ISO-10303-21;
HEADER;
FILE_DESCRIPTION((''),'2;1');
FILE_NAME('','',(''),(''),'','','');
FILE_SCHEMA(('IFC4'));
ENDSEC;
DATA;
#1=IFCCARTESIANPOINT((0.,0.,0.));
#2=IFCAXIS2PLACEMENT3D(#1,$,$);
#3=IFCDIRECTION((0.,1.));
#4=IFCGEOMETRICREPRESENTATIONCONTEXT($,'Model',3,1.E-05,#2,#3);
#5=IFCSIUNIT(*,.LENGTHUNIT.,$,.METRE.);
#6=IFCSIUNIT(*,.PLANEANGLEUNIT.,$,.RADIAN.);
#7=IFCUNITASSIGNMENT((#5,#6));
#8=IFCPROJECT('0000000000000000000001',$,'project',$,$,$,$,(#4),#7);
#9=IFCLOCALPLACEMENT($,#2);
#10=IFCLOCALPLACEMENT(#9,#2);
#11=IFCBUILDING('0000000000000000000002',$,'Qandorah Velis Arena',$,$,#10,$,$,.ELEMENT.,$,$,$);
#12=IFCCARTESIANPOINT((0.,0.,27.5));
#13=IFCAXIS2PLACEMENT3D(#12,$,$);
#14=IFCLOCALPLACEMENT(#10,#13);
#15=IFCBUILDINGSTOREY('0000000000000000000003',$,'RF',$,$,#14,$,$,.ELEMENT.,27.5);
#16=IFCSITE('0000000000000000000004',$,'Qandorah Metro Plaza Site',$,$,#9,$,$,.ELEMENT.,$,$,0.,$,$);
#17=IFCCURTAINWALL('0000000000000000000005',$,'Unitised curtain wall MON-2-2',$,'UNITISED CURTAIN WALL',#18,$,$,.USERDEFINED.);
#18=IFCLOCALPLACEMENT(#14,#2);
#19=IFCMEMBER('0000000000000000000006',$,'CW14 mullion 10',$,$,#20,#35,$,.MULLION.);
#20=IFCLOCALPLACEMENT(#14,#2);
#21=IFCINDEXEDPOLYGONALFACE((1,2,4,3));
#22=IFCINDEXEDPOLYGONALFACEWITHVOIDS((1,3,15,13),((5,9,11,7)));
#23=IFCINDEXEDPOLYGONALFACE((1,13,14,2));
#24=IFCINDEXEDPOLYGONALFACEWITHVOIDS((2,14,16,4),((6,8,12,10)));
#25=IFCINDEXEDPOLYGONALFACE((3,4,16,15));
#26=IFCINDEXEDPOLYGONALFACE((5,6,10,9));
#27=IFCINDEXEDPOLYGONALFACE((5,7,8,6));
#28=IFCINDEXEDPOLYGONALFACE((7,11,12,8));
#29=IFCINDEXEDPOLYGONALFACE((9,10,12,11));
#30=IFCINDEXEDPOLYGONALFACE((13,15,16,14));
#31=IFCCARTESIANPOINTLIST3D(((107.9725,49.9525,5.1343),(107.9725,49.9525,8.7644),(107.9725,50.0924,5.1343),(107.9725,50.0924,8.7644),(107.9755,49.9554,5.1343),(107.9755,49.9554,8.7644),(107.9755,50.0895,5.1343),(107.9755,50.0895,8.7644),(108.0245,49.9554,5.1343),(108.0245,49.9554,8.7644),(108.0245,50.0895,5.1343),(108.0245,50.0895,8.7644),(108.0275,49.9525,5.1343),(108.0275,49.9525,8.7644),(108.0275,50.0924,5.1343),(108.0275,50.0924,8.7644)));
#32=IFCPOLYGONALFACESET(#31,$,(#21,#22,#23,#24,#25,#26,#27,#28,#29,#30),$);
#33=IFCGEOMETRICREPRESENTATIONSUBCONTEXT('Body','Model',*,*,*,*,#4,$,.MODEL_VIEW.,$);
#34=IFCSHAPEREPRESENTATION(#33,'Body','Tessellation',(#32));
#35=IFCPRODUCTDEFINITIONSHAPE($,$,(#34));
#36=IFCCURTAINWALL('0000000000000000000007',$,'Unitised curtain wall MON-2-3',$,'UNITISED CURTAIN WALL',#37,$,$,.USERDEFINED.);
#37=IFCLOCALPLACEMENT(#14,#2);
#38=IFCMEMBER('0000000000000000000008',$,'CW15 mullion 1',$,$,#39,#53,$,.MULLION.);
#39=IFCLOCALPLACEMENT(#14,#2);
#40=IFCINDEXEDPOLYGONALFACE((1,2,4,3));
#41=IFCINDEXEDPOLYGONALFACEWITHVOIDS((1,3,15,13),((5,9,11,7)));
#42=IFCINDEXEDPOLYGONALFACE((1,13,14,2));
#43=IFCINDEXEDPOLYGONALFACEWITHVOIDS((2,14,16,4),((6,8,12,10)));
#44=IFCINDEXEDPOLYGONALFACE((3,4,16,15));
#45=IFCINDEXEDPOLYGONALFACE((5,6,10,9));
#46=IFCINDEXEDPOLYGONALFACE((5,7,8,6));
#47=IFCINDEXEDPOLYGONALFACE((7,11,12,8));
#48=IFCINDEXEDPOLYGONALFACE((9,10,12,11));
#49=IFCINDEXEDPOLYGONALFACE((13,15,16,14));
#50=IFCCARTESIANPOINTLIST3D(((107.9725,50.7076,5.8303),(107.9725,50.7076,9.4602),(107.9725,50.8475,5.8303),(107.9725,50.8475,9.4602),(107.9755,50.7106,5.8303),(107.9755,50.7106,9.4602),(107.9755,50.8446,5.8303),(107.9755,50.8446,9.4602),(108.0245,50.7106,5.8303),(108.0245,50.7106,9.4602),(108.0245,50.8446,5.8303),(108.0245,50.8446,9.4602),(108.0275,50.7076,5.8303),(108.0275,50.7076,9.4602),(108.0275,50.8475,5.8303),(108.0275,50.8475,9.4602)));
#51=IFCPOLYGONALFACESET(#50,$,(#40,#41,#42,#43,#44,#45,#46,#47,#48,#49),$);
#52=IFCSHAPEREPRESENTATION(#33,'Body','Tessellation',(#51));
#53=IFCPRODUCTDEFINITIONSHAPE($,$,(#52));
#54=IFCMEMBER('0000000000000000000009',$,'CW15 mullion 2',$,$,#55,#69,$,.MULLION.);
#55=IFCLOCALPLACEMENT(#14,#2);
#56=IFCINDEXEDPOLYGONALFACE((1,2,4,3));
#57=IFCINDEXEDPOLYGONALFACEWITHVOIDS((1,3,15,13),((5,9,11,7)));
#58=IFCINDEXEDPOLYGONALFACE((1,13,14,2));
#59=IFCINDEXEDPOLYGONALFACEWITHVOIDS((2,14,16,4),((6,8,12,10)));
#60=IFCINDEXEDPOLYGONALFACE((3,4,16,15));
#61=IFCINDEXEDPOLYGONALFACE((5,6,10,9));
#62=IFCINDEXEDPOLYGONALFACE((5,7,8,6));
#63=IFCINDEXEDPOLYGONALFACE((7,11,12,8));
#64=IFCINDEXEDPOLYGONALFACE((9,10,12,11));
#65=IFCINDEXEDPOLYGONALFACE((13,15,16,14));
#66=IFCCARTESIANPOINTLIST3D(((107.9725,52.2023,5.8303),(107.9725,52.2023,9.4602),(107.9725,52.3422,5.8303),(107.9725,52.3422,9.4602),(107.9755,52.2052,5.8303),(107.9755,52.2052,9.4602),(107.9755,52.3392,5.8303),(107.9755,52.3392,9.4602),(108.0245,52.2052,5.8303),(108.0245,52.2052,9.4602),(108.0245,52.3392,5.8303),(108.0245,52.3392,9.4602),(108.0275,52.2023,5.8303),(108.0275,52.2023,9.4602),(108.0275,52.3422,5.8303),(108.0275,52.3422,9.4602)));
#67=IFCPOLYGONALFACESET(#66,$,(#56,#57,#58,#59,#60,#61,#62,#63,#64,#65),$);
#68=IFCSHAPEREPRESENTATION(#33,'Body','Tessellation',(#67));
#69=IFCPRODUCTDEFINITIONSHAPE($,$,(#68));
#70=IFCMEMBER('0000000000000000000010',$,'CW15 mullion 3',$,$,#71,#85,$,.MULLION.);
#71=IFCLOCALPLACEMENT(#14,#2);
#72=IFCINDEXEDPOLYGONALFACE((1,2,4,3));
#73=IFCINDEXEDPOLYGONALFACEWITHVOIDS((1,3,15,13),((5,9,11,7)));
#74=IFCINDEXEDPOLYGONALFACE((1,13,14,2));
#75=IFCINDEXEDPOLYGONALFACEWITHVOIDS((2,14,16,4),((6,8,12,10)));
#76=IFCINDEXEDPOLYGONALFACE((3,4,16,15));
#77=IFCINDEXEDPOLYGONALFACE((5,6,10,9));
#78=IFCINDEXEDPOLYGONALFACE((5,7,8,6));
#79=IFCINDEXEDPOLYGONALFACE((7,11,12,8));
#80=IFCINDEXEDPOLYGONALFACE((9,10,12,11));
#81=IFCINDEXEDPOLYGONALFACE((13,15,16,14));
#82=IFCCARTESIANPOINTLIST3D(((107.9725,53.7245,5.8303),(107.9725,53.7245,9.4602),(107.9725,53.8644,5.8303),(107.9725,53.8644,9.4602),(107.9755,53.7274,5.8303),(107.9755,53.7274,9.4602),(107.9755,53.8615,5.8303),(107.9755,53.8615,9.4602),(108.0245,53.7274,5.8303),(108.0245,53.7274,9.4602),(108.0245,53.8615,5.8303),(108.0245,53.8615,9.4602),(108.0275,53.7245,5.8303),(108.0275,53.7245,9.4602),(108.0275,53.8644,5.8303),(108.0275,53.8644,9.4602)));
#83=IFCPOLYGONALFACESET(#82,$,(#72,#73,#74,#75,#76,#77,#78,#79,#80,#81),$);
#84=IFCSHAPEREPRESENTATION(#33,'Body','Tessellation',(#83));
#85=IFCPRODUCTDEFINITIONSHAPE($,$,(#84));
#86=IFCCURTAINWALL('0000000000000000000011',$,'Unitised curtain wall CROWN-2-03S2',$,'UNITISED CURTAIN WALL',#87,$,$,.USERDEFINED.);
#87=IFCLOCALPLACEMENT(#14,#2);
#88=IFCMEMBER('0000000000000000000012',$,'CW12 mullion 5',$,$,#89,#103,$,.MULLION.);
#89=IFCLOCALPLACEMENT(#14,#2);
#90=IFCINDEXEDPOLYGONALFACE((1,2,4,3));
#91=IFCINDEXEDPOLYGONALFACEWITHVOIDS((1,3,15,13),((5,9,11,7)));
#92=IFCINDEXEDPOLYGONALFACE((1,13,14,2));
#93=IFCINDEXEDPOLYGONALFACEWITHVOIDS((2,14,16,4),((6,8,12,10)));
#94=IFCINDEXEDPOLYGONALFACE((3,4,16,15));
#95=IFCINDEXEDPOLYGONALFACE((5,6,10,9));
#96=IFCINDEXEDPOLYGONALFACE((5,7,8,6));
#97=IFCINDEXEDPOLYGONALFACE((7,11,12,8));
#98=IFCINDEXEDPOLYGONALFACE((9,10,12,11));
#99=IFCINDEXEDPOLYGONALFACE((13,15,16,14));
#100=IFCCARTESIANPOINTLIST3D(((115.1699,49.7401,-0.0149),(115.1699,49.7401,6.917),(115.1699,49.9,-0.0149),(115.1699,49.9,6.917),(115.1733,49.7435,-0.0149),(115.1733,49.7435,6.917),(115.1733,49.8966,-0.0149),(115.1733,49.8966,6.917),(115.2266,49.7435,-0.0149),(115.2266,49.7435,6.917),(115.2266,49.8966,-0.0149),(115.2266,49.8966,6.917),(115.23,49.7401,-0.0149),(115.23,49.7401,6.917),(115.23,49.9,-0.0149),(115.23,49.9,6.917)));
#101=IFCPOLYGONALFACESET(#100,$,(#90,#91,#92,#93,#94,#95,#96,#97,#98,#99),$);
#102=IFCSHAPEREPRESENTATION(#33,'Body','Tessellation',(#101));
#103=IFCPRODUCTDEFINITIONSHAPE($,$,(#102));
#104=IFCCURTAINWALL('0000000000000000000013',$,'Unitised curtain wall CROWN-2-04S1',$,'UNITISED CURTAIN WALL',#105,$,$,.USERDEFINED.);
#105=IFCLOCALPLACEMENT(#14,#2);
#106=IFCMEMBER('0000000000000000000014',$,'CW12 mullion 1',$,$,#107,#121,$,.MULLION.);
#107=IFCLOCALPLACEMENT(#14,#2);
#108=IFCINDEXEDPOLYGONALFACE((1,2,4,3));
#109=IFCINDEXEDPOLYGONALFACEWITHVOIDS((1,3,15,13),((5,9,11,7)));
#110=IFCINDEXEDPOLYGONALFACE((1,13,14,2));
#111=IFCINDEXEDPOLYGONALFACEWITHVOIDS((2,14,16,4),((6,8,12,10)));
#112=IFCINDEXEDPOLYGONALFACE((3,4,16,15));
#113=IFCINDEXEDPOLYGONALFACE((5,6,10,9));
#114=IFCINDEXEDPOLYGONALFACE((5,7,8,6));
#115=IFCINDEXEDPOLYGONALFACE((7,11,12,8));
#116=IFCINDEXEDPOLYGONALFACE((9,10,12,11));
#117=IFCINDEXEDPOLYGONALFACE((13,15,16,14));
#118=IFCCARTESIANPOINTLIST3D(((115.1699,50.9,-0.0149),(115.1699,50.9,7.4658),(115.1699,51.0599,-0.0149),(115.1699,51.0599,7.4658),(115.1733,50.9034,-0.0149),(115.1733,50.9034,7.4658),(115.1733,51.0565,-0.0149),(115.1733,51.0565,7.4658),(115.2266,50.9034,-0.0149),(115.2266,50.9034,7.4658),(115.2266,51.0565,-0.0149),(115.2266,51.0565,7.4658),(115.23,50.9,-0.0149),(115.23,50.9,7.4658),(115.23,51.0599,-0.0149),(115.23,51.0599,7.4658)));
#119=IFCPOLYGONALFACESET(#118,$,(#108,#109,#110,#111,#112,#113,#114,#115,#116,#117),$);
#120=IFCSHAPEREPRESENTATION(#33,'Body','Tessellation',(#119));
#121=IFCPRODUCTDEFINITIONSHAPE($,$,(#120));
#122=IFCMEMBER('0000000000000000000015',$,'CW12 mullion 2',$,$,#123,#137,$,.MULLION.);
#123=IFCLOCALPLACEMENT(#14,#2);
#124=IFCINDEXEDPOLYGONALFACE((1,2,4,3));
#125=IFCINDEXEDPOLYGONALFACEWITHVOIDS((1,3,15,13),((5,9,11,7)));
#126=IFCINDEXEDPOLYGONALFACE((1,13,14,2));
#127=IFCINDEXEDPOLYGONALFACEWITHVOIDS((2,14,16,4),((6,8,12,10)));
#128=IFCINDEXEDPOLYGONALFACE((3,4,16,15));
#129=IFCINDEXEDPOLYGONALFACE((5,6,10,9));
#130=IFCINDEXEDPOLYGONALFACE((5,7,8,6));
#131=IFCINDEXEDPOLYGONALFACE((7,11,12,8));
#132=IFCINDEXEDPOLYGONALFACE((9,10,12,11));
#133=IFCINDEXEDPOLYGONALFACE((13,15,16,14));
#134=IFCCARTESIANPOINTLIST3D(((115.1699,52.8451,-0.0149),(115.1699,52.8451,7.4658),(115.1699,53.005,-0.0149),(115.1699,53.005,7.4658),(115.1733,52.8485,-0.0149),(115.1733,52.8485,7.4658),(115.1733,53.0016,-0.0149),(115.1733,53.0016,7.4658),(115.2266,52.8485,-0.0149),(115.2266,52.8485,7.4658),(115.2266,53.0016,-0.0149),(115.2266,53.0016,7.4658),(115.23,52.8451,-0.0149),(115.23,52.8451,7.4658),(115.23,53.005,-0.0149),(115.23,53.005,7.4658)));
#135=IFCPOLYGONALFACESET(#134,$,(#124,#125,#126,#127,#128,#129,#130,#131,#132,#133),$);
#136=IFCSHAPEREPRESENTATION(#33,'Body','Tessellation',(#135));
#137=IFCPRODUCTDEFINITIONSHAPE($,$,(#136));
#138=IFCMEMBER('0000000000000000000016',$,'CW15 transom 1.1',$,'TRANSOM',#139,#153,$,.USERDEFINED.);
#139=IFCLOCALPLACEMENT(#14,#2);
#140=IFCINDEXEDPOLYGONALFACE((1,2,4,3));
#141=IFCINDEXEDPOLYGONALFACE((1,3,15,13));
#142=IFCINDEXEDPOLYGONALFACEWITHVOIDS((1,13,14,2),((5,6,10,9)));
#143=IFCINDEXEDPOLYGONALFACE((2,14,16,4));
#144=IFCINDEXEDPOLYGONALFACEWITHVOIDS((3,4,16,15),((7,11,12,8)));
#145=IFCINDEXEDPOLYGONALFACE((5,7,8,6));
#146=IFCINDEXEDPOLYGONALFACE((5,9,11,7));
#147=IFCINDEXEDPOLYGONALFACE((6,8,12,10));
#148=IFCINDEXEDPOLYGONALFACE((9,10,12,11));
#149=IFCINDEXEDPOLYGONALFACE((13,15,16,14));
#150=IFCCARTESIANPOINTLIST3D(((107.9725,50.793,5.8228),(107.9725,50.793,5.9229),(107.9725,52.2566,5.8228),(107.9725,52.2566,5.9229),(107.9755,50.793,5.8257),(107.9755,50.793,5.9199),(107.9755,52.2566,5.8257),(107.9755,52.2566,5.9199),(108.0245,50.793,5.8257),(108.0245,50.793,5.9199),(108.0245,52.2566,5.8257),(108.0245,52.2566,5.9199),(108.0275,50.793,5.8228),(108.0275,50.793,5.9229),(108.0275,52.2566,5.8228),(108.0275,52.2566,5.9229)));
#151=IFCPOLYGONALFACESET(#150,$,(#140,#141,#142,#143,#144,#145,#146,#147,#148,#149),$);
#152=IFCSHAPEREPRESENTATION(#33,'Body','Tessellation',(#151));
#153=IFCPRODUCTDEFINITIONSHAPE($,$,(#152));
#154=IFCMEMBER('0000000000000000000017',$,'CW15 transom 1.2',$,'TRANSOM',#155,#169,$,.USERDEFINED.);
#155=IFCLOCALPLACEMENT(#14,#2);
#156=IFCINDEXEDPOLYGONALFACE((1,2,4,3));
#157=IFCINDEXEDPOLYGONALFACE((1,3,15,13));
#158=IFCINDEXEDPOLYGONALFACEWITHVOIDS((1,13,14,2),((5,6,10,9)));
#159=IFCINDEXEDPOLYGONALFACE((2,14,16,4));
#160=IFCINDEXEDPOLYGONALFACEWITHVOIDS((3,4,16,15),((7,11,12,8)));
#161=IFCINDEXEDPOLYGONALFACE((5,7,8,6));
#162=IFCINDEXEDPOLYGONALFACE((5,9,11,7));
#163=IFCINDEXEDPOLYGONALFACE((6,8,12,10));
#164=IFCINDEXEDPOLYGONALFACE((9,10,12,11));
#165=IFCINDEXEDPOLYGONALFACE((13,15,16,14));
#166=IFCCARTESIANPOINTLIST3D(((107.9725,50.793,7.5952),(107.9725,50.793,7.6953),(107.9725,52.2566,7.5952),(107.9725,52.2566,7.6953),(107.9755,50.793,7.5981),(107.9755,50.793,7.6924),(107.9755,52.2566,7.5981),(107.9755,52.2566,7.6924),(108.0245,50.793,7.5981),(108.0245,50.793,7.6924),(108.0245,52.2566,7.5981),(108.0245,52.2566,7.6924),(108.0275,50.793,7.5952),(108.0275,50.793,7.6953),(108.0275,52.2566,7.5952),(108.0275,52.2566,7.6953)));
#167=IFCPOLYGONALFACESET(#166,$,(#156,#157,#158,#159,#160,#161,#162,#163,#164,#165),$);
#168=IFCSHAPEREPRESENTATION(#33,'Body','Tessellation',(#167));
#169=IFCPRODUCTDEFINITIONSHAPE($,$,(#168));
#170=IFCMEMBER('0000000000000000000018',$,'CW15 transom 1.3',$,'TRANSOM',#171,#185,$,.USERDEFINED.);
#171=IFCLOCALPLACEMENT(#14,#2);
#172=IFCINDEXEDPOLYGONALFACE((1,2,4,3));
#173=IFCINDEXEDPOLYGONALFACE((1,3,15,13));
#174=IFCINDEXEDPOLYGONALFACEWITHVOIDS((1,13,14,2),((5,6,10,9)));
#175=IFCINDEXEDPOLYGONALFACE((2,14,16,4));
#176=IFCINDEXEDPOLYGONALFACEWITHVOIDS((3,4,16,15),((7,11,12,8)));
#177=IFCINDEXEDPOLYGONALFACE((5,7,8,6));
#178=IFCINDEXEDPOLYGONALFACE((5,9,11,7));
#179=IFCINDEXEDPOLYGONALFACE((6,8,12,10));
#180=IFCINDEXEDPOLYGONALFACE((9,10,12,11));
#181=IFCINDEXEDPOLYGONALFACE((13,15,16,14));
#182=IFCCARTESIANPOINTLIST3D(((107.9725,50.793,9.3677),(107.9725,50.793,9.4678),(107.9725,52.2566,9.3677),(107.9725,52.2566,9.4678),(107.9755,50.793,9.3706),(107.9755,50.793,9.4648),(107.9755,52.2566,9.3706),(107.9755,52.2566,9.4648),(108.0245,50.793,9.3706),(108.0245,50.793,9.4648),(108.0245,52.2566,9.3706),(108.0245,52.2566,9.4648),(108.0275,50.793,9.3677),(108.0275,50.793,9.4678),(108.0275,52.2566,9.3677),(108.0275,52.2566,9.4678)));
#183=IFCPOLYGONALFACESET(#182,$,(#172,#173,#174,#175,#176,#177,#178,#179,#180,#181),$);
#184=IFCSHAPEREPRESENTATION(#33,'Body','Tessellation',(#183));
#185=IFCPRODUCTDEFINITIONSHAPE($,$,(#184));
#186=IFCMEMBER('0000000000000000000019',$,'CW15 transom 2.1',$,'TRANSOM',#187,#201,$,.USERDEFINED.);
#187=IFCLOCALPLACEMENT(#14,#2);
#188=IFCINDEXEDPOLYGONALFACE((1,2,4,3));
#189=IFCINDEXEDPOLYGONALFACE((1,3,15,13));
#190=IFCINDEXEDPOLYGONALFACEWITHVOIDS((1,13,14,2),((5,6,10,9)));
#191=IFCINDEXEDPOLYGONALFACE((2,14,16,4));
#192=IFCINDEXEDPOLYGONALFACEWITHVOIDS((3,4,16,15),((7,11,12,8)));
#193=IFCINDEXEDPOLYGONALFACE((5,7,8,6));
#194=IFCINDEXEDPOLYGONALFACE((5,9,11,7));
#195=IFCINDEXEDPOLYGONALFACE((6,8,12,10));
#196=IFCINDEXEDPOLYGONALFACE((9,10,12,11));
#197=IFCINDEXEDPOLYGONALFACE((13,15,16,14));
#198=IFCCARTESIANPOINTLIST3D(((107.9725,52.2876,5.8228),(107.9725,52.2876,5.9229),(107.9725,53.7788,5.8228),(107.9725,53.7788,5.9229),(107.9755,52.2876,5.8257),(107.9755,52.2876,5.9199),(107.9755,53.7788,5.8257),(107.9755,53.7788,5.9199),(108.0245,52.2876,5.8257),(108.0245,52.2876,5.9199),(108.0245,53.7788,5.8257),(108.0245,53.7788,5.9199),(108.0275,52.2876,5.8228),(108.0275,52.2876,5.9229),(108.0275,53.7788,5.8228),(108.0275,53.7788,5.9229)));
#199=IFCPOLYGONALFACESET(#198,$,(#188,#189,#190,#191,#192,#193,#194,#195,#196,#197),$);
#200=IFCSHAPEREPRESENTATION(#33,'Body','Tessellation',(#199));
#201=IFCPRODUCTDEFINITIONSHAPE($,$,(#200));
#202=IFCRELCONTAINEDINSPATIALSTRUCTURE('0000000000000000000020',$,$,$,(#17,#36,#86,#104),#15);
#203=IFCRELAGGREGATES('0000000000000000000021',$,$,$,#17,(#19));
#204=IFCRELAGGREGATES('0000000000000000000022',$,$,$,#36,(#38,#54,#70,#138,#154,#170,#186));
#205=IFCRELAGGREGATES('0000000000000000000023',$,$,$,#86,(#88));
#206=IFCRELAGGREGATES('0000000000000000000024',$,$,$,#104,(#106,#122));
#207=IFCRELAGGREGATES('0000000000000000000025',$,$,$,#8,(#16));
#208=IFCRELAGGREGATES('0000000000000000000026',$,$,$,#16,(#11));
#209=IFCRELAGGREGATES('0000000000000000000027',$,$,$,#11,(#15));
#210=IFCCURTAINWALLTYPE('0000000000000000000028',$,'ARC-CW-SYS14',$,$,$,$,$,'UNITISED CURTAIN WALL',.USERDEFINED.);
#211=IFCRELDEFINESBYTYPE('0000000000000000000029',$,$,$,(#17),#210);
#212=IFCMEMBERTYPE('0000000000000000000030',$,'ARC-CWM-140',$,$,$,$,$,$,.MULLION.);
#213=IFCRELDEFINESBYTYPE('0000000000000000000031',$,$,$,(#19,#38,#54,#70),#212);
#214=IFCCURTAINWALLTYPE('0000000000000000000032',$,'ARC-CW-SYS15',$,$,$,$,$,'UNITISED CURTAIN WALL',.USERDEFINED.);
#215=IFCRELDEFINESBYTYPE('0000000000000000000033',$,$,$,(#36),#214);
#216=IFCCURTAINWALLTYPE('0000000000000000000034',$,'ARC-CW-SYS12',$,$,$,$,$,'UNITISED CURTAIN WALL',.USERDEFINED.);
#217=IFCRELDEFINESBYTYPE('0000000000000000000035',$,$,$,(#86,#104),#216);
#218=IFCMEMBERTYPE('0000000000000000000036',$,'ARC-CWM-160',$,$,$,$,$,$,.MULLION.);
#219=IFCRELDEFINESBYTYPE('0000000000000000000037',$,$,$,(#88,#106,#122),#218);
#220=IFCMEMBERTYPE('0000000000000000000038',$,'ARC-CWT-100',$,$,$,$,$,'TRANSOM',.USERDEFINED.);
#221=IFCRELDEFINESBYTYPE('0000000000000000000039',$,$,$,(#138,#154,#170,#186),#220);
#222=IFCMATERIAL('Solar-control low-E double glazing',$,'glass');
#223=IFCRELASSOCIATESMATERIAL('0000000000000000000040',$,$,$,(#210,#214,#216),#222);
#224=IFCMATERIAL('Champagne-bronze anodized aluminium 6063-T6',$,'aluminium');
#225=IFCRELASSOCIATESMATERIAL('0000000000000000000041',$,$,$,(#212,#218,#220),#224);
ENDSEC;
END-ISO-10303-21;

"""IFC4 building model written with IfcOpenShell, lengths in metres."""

from ifc_helpers import new_model, si_unit, direction, frame, origin, origin_2d, place, context, subcontext, project, spatial, hollow_rectangle, extrude, material, material_profile, profile_set, type_object, element, aggregate, save


model = new_model("IFC4")

# Units and contexts
model_context = context("Model", 3, precision=1e-05, world=origin(), true_north=direction((0.0, 1.0)))
body_context = subcontext(model_context, "Body", "Model", "MODEL_VIEW")
ifc_project = project(units=[si_unit("LENGTHUNIT", "METRE"), si_unit("PLANEANGLEUNIT", "RADIAN")], contexts=[model_context])

# Site, building, storey
site_placement = place(None, origin())
site = spatial("IfcSite", under=ifc_project, at=site_placement, Name="Qandorah Metro Plaza Site", CompositionType="ELEMENT", RefElevation=0.0)
building_placement = place(site_placement, origin())
building = spatial("IfcBuilding", under=site, at=building_placement, Name="Qandorah Velis Arena", CompositionType="ELEMENT")
storey_placement = place(building_placement, frame((0.0, 0.0, 27.5)))
storey = spatial("IfcBuildingStorey", under=building, at=storey_placement, Name="RF", CompositionType="ELEMENT", Elevation=27.5)

# Curtain wall, member
ifc_material_1 = material(Name="Solar-control low-E double glazing", Category="glass")
curtain_wall_type_1 = type_object("IfcCurtainWallType", Name="ARC-CW-SYS14", ElementType="UNITISED CURTAIN WALL", PredefinedType="USERDEFINED", material=ifc_material_1)
curtain_wall_1_placement = place(storey_placement, origin())
curtain_wall_1 = element("IfcCurtainWall", 1, at=curtain_wall_1_placement, inside=storey, type_object=curtain_wall_type_1, Name="Unitised curtain wall MON-2-2", ObjectType="UNITISED CURTAIN WALL", PredefinedType="USERDEFINED")
ifc_material_2 = material(Name="Champagne-bronze anodized aluminium 6063-T6", Category="aluminium")
ifc_material_profile_1 = material_profile(ifc_material_2, hollow_rectangle(XDim=0.0549, YDim=0.1399, WallThickness=0.0029, at=origin_2d()), Name="ALU MULLION 55x140")
ifc_profile_set_1 = profile_set([ifc_material_profile_1], Name="Champagne-bronze anodized aluminium 6063-T6")
member_type_1 = type_object("IfcMemberType", Name="ARC-CWM-140", PredefinedType="MULLION", material=ifc_profile_set_1)
member_1_placement = place(storey_placement, frame((108.0, 50.0225, 5.1343), z_axis=(0.0, 0.0, 1.0), x_axis=(-1.0, 0.0, 0.0)))
member_1 = element("IfcMember", 2, at=member_1_placement, type_object=member_type_1, Name="CW14 mullion 10", PredefinedType="MULLION", context=body_context, shape_type="SweptSolid", body=[
    extrude(hollow_rectangle(XDim=0.0549, YDim=0.1399, WallThickness=0.0029, at=origin_2d()), origin(), (0.0, 0.0, 1.0), 3.6301),
])

# Curtain wall, members
curtain_wall_type_2 = type_object("IfcCurtainWallType", Name="ARC-CW-SYS15", ElementType="UNITISED CURTAIN WALL", PredefinedType="USERDEFINED", material=ifc_material_1)
curtain_wall_2_placement = place(storey_placement, origin())
curtain_wall_2 = element("IfcCurtainWall", 3, at=curtain_wall_2_placement, inside=storey, type_object=curtain_wall_type_2, Name="Unitised curtain wall MON-2-3", ObjectType="UNITISED CURTAIN WALL", PredefinedType="USERDEFINED")
member_2_placement = place(storey_placement, frame((108.0, 50.7776, 5.8303), z_axis=(0.0, 0.0, 1.0), x_axis=(-1.0, 0.0, 0.0)))
member_2 = element("IfcMember", 4, at=member_2_placement, type_object=member_type_1, Name="CW15 mullion 1", PredefinedType="MULLION", context=body_context, shape_type="SweptSolid", body=[
    extrude(hollow_rectangle(XDim=0.0549, YDim=0.1399, WallThickness=0.0029, at=origin_2d()), origin(), (0.0, 0.0, 1.0), 3.6299),
])
member_3_placement = place(storey_placement, frame((108.0, 52.2722, 5.8303), z_axis=(0.0, 0.0, 1.0), x_axis=(-1.0, 0.0, 0.0)))
member_3 = element("IfcMember", 5, at=member_3_placement, type_object=member_type_1, Name="CW15 mullion 2", PredefinedType="MULLION", context=body_context, shape_type="SweptSolid", body=[
    extrude(hollow_rectangle(XDim=0.0549, YDim=0.1399, WallThickness=0.0029, at=origin_2d()), origin(), (0.0, 0.0, 1.0), 3.6299),
])
member_4_placement = place(storey_placement, frame((108.0, 53.7944, 5.8303), z_axis=(0.0, 0.0, 1.0), x_axis=(-1.0, 0.0, 0.0)))
member_4 = element("IfcMember", 6, at=member_4_placement, type_object=member_type_1, Name="CW15 mullion 3", PredefinedType="MULLION", context=body_context, shape_type="SweptSolid", body=[
    extrude(hollow_rectangle(XDim=0.0549, YDim=0.1399, WallThickness=0.0029, at=origin_2d()), origin(), (0.0, 0.0, 1.0), 3.6299),
])

# Curtain wall, member
curtain_wall_type_3 = type_object("IfcCurtainWallType", Name="ARC-CW-SYS12", ElementType="UNITISED CURTAIN WALL", PredefinedType="USERDEFINED", material=ifc_material_1)
curtain_wall_3_placement = place(storey_placement, origin())
curtain_wall_3 = element("IfcCurtainWall", 7, at=curtain_wall_3_placement, inside=storey, type_object=curtain_wall_type_3, Name="Unitised curtain wall CROWN-2-03S2", ObjectType="UNITISED CURTAIN WALL", PredefinedType="USERDEFINED")
ifc_material_profile_2 = material_profile(ifc_material_2, hollow_rectangle(XDim=0.0601, YDim=0.1599, WallThickness=0.0034, at=origin_2d()), Name="ALU MULLION 60x160")
ifc_profile_set_2 = profile_set([ifc_material_profile_2], Name="Champagne-bronze anodized aluminium 6063-T6")
member_type_2 = type_object("IfcMemberType", Name="ARC-CWM-160", PredefinedType="MULLION", material=ifc_profile_set_2)
member_5_placement = place(storey_placement, frame((115.2, 49.8201, -0.0149), z_axis=(0.0, 0.0, 1.0), x_axis=(-1.0, 0.0, 0.0)))
member_5 = element("IfcMember", 8, at=member_5_placement, type_object=member_type_2, Name="CW12 mullion 5", PredefinedType="MULLION", context=body_context, shape_type="SweptSolid", body=[
    extrude(hollow_rectangle(XDim=0.0601, YDim=0.1599, WallThickness=0.0034, at=origin_2d()), origin(), (0.0, 0.0, 1.0), 6.9319),
])

# Curtain wall, members
curtain_wall_4_placement = place(storey_placement, origin())
curtain_wall_4 = element("IfcCurtainWall", 9, at=curtain_wall_4_placement, inside=storey, type_object=curtain_wall_type_3, Name="Unitised curtain wall CROWN-2-04S1", ObjectType="UNITISED CURTAIN WALL", PredefinedType="USERDEFINED")
member_6_placement = place(storey_placement, frame((115.2, 50.98, -0.0149), z_axis=(0.0, 0.0, 1.0), x_axis=(-1.0, 0.0, 0.0)))
member_6 = element("IfcMember", 10, at=member_6_placement, type_object=member_type_2, Name="CW12 mullion 1", PredefinedType="MULLION", context=body_context, shape_type="SweptSolid", body=[
    extrude(hollow_rectangle(XDim=0.0601, YDim=0.1599, WallThickness=0.0034, at=origin_2d()), origin(), (0.0, 0.0, 1.0), 7.4807),
])
member_7_placement = place(storey_placement, frame((115.2, 52.925, -0.0149), z_axis=(0.0, 0.0, 1.0), x_axis=(-1.0, 0.0, 0.0)))
member_7 = element("IfcMember", 11, at=member_7_placement, type_object=member_type_2, Name="CW12 mullion 2", PredefinedType="MULLION", context=body_context, shape_type="SweptSolid", body=[
    extrude(hollow_rectangle(XDim=0.0601, YDim=0.1599, WallThickness=0.0034, at=origin_2d()), origin(), (0.0, 0.0, 1.0), 7.4807),
])

# Members
ifc_material_profile_3 = material_profile(ifc_material_2, hollow_rectangle(XDim=0.0549, YDim=0.1001, WallThickness=0.0029, at=origin_2d()), Name="ALU TRANSOM 55x100")
ifc_profile_set_3 = profile_set([ifc_material_profile_3], Name="Champagne-bronze anodized aluminium 6063-T6")
member_type_3 = type_object("IfcMemberType", Name="ARC-CWT-100", ElementType="TRANSOM", PredefinedType="USERDEFINED", material=ifc_profile_set_3)
member_8_placement = place(storey_placement, frame((108.0, 50.793, 5.8728), z_axis=(0.0, 1.0, 0.0), x_axis=(-1.0, 0.0, 0.0)))
member_8 = element("IfcMember", 12, at=member_8_placement, type_object=member_type_3, Name="CW15 transom 1.1", ObjectType="TRANSOM", PredefinedType="USERDEFINED", context=body_context, shape_type="SweptSolid", body=[
    extrude(hollow_rectangle(XDim=0.0549, YDim=0.1001, WallThickness=0.0029, at=origin_2d()), origin(), (0.0, 0.0, 1.0), 1.4636),
])
member_9_placement = place(storey_placement, frame((108.0, 50.793, 7.6453), z_axis=(0.0, 1.0, 0.0), x_axis=(-1.0, 0.0, 0.0)))
member_9 = element("IfcMember", 13, at=member_9_placement, type_object=member_type_3, Name="CW15 transom 1.2", ObjectType="TRANSOM", PredefinedType="USERDEFINED", context=body_context, shape_type="SweptSolid", body=[
    extrude(hollow_rectangle(XDim=0.0549, YDim=0.1001, WallThickness=0.0029, at=origin_2d()), origin(), (0.0, 0.0, 1.0), 1.4636),
])
member_10_placement = place(storey_placement, frame((108.0, 50.793, 9.4177), z_axis=(0.0, 1.0, 0.0), x_axis=(-1.0, 0.0, 0.0)))
member_10 = element("IfcMember", 14, at=member_10_placement, type_object=member_type_3, Name="CW15 transom 1.3", ObjectType="TRANSOM", PredefinedType="USERDEFINED", context=body_context, shape_type="SweptSolid", body=[
    extrude(hollow_rectangle(XDim=0.0549, YDim=0.1001, WallThickness=0.0029, at=origin_2d()), origin(), (0.0, 0.0, 1.0), 1.4636),
])
member_11_placement = place(storey_placement, frame((108.0, 52.2876, 5.8728), z_axis=(0.0, 1.0, 0.0), x_axis=(-1.0, 0.0, 0.0)))
member_11 = element("IfcMember", 15, at=member_11_placement, type_object=member_type_3, Name="CW15 transom 2.1", ObjectType="TRANSOM", PredefinedType="USERDEFINED", context=body_context, shape_type="SweptSolid", body=[
    extrude(hollow_rectangle(XDim=0.0549, YDim=0.1001, WallThickness=0.0029, at=origin_2d()), origin(), (0.0, 0.0, 1.0), 1.4912),
])

aggregate(curtain_wall_1, [member_1])
aggregate(curtain_wall_2, [member_2, member_3, member_4, member_8, member_9, member_10, member_11])
aggregate(curtain_wall_3, [member_5])
aggregate(curtain_wall_4, [member_6, member_7])

save(model, "model.ifc")
